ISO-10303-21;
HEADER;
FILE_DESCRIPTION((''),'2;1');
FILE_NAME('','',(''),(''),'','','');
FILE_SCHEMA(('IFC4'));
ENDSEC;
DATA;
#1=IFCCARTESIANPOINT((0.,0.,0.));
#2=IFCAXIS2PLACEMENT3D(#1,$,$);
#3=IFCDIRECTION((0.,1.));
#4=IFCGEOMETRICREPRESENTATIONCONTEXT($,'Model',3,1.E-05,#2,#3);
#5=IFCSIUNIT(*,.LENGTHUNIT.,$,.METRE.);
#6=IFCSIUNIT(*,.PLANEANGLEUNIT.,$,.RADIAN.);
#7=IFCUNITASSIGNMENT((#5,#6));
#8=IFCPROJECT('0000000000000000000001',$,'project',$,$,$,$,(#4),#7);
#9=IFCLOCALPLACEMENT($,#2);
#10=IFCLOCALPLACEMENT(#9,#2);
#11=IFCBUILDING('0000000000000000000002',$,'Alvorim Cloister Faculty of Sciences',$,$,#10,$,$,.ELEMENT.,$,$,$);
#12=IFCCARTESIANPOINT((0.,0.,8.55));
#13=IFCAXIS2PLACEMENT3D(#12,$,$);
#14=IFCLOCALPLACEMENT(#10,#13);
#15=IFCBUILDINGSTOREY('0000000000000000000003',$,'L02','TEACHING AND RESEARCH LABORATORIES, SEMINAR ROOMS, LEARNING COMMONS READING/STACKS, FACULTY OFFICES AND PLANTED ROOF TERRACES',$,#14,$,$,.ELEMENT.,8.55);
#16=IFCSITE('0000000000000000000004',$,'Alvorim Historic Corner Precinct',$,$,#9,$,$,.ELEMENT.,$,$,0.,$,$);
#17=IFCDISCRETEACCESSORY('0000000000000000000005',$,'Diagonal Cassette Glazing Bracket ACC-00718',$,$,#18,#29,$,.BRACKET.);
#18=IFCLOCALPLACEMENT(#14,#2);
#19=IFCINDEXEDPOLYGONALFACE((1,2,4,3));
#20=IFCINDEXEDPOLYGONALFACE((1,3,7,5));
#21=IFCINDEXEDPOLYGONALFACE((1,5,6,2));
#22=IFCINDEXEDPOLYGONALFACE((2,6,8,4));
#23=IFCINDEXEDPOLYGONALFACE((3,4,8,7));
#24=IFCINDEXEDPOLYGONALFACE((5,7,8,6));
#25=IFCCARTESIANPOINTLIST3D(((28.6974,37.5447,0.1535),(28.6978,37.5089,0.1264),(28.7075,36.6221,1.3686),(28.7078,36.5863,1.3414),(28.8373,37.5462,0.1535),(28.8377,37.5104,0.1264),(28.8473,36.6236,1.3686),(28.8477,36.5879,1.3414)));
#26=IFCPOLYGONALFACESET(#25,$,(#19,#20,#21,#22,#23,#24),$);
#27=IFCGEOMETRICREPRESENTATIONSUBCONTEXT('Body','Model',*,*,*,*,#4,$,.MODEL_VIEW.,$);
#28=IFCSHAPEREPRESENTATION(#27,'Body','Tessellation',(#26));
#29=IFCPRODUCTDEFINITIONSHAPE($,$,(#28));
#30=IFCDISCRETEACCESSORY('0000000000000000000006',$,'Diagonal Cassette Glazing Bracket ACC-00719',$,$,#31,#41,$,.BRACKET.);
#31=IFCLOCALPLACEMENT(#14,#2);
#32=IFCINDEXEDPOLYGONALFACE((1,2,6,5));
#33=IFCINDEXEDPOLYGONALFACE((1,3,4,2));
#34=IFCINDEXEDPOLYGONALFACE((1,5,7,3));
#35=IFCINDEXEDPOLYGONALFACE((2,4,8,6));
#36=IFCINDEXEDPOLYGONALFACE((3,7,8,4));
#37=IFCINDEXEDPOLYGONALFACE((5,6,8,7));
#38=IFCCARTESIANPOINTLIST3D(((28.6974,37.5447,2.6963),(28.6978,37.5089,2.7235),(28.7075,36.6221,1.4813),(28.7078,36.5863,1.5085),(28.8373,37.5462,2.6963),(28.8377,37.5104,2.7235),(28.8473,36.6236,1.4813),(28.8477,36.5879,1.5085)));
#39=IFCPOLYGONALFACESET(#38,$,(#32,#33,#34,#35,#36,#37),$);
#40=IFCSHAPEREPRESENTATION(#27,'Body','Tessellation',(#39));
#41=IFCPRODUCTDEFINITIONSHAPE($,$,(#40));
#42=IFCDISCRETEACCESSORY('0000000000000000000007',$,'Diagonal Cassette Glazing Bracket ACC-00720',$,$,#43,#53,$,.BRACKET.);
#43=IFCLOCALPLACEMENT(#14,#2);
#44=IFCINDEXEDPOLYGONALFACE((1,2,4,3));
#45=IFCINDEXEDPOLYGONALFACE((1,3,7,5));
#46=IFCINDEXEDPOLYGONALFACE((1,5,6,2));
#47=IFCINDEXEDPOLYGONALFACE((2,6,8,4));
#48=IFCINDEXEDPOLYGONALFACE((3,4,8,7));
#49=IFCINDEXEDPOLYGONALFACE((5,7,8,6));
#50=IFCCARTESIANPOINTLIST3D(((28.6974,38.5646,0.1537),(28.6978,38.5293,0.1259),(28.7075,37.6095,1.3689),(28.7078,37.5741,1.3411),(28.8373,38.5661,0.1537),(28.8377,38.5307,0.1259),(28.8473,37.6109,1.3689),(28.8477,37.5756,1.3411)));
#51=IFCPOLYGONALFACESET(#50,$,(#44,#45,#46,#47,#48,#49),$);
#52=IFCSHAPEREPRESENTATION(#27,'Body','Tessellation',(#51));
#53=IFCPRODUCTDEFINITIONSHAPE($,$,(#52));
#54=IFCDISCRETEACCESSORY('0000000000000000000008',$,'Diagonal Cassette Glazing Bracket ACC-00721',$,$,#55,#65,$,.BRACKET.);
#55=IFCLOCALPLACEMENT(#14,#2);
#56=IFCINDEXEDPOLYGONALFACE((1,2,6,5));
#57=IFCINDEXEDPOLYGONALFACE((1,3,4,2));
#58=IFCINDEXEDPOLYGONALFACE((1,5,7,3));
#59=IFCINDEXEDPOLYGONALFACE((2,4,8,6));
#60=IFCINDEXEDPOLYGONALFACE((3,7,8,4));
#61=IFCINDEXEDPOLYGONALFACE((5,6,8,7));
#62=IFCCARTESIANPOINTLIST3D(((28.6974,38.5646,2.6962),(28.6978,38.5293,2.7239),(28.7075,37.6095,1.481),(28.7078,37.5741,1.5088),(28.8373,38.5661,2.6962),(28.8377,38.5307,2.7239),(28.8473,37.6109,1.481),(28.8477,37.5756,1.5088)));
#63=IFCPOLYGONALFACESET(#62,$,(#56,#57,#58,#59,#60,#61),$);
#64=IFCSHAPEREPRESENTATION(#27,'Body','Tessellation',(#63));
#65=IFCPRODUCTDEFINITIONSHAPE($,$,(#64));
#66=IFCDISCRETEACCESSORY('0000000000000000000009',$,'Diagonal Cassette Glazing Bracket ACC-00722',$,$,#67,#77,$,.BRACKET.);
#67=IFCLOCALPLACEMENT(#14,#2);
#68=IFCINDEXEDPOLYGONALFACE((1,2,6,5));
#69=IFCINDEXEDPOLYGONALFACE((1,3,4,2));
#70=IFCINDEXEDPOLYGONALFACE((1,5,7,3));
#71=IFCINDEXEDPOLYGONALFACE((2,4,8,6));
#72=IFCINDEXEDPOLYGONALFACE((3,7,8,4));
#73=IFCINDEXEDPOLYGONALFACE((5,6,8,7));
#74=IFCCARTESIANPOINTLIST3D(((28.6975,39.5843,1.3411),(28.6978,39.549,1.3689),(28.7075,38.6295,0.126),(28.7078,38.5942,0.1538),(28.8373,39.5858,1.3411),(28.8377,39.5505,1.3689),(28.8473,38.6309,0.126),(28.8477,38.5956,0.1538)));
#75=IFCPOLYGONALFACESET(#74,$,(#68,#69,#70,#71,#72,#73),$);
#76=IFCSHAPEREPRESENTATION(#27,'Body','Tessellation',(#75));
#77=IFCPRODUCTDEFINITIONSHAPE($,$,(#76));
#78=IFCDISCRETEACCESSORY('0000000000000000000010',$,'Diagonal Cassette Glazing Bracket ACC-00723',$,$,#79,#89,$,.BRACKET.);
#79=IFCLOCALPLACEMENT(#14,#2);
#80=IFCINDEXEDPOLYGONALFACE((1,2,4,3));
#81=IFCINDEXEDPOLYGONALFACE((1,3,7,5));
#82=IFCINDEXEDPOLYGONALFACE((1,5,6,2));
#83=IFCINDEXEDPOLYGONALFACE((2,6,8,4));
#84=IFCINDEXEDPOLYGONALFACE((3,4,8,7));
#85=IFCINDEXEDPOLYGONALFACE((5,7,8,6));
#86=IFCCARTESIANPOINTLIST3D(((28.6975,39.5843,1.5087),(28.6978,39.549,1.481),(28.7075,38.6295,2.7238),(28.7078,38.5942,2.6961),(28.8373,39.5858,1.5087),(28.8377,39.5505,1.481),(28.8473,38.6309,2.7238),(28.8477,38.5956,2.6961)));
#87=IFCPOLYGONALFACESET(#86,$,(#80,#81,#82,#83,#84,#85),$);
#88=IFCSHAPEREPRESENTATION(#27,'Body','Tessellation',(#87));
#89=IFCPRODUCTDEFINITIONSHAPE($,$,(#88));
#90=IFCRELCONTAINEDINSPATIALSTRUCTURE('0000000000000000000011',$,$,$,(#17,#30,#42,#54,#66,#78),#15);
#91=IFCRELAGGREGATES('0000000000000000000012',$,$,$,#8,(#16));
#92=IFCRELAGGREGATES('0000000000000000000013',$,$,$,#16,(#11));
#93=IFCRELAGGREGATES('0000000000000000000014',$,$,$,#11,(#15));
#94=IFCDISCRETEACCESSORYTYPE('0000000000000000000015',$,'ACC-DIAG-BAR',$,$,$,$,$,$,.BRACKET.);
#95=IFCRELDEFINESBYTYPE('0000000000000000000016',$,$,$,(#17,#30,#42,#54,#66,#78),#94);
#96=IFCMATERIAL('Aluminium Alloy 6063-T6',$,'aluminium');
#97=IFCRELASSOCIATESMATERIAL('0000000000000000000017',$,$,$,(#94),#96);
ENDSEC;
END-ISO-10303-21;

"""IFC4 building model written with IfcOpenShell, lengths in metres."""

from ifc_helpers import new_model, si_unit, direction, frame, origin, origin_2d, place, context, subcontext, project, spatial, rectangle, extrude, material, type_object, element, save


model = new_model("IFC4")

# Units and contexts
model_context = context("Model", 3, precision=1e-05, world=origin(), true_north=direction((0.0, 1.0)))
body_context = subcontext(model_context, "Body", "Model", "MODEL_VIEW")
ifc_project = project(units=[si_unit("LENGTHUNIT", "METRE"), si_unit("PLANEANGLEUNIT", "RADIAN")], contexts=[model_context])

# Site, building, storey
site_placement = place(None, origin())
site = spatial("IfcSite", under=ifc_project, at=site_placement, Name="Alvorim Historic Corner Precinct", CompositionType="ELEMENT", RefElevation=0.0)
building_placement = place(site_placement, origin())
building = spatial("IfcBuilding", under=site, at=building_placement, Name="Alvorim Cloister Faculty of Sciences", CompositionType="ELEMENT")
storey_placement = place(building_placement, frame((0.0, 0.0, 8.55)))
storey = spatial("IfcBuildingStorey", under=building, at=storey_placement, Name="L02", Description="TEACHING AND RESEARCH LABORATORIES, SEMINAR ROOMS, LEARNING COMMONS READING/STACKS, FACULTY OFFICES AND PLANTED ROOF TERRACES", CompositionType="ELEMENT", Elevation=8.55)

# Shared definitions
ifc_material_1 = material(Name="Aluminium Alloy 6063-T6", Category="aluminium")

# Discrete accessories
discrete_accessory_type = type_object("IfcDiscreteAccessoryType", Name="ACC-DIAG-BAR", PredefinedType="BRACKET", material=ifc_material_1)
for number, where, z_axis, x_axis, name in (
    (1, (28.7776, 36.605, 1.355), (-0.006561, 0.604713, -0.796416), (-0.999941, -0.010849, 0.0), "Diagonal Cassette Glazing Bracket ACC-00718"),
    (2, (28.7776, 36.605, 1.4949), (-0.006561, 0.604713, 0.796416), (-0.999941, -0.010849, 0.0), "Diagonal Cassette Glazing Bracket ACC-00719"),
):
    element("IfcDiscreteAccessory", number, at=place(storey_placement, frame(where, z_axis=z_axis, x_axis=x_axis)), inside=storey, type_object=discrete_accessory_type, Name=name, PredefinedType="BRACKET", context=body_context, shape_type="SweptSolid", body=[
        extrude(rectangle(XDim=0.1399, YDim=0.0449, at=origin_2d()), origin(), (0.0, 0.0, 1.0), 1.5256),
    ])
for number, where, z_axis, x_axis, name in (
    (3, (28.7776, 37.5925, 1.355), (-0.006477, 0.617955, -0.786187), (-0.999945, -0.01048, 0.0), "Diagonal Cassette Glazing Bracket ACC-00720"),
    (4, (28.7776, 37.5925, 1.4949), (-0.006477, 0.617955, 0.786187), (-0.999945, -0.01048, 0.0), "Diagonal Cassette Glazing Bracket ACC-00721"),
):
    element("IfcDiscreteAccessory", number, at=place(storey_placement, frame(where, z_axis=z_axis, x_axis=x_axis)), inside=storey, type_object=discrete_accessory_type, Name=name, PredefinedType="BRACKET", context=body_context, shape_type="SweptSolid", body=[
        extrude(rectangle(XDim=0.1399, YDim=0.0449, at=origin_2d()), origin(), (0.0, 0.0, 1.0), 1.5457),
    ])
for number, where, z_axis, x_axis, name in (
    (5, (28.7776, 38.6125, 0.1399), (-0.006477, 0.617857, 0.786263), (-0.999945, -0.010483, 0.0), "Diagonal Cassette Glazing Bracket ACC-00722"),
    (6, (28.7776, 38.6125, 2.71), (-0.006477, 0.617857, -0.786263), (-0.999945, -0.010483, 0.0), "Diagonal Cassette Glazing Bracket ACC-00723"),
):
    element("IfcDiscreteAccessory", number, at=place(storey_placement, frame(where, z_axis=z_axis, x_axis=x_axis)), inside=storey, type_object=discrete_accessory_type, Name=name, PredefinedType="BRACKET", context=body_context, shape_type="SweptSolid", body=[
        extrude(rectangle(XDim=0.1399, YDim=0.0449, at=origin_2d()), origin(), (0.0, 0.0, 1.0), 1.5454),
    ])

save(model, "model.ifc")
